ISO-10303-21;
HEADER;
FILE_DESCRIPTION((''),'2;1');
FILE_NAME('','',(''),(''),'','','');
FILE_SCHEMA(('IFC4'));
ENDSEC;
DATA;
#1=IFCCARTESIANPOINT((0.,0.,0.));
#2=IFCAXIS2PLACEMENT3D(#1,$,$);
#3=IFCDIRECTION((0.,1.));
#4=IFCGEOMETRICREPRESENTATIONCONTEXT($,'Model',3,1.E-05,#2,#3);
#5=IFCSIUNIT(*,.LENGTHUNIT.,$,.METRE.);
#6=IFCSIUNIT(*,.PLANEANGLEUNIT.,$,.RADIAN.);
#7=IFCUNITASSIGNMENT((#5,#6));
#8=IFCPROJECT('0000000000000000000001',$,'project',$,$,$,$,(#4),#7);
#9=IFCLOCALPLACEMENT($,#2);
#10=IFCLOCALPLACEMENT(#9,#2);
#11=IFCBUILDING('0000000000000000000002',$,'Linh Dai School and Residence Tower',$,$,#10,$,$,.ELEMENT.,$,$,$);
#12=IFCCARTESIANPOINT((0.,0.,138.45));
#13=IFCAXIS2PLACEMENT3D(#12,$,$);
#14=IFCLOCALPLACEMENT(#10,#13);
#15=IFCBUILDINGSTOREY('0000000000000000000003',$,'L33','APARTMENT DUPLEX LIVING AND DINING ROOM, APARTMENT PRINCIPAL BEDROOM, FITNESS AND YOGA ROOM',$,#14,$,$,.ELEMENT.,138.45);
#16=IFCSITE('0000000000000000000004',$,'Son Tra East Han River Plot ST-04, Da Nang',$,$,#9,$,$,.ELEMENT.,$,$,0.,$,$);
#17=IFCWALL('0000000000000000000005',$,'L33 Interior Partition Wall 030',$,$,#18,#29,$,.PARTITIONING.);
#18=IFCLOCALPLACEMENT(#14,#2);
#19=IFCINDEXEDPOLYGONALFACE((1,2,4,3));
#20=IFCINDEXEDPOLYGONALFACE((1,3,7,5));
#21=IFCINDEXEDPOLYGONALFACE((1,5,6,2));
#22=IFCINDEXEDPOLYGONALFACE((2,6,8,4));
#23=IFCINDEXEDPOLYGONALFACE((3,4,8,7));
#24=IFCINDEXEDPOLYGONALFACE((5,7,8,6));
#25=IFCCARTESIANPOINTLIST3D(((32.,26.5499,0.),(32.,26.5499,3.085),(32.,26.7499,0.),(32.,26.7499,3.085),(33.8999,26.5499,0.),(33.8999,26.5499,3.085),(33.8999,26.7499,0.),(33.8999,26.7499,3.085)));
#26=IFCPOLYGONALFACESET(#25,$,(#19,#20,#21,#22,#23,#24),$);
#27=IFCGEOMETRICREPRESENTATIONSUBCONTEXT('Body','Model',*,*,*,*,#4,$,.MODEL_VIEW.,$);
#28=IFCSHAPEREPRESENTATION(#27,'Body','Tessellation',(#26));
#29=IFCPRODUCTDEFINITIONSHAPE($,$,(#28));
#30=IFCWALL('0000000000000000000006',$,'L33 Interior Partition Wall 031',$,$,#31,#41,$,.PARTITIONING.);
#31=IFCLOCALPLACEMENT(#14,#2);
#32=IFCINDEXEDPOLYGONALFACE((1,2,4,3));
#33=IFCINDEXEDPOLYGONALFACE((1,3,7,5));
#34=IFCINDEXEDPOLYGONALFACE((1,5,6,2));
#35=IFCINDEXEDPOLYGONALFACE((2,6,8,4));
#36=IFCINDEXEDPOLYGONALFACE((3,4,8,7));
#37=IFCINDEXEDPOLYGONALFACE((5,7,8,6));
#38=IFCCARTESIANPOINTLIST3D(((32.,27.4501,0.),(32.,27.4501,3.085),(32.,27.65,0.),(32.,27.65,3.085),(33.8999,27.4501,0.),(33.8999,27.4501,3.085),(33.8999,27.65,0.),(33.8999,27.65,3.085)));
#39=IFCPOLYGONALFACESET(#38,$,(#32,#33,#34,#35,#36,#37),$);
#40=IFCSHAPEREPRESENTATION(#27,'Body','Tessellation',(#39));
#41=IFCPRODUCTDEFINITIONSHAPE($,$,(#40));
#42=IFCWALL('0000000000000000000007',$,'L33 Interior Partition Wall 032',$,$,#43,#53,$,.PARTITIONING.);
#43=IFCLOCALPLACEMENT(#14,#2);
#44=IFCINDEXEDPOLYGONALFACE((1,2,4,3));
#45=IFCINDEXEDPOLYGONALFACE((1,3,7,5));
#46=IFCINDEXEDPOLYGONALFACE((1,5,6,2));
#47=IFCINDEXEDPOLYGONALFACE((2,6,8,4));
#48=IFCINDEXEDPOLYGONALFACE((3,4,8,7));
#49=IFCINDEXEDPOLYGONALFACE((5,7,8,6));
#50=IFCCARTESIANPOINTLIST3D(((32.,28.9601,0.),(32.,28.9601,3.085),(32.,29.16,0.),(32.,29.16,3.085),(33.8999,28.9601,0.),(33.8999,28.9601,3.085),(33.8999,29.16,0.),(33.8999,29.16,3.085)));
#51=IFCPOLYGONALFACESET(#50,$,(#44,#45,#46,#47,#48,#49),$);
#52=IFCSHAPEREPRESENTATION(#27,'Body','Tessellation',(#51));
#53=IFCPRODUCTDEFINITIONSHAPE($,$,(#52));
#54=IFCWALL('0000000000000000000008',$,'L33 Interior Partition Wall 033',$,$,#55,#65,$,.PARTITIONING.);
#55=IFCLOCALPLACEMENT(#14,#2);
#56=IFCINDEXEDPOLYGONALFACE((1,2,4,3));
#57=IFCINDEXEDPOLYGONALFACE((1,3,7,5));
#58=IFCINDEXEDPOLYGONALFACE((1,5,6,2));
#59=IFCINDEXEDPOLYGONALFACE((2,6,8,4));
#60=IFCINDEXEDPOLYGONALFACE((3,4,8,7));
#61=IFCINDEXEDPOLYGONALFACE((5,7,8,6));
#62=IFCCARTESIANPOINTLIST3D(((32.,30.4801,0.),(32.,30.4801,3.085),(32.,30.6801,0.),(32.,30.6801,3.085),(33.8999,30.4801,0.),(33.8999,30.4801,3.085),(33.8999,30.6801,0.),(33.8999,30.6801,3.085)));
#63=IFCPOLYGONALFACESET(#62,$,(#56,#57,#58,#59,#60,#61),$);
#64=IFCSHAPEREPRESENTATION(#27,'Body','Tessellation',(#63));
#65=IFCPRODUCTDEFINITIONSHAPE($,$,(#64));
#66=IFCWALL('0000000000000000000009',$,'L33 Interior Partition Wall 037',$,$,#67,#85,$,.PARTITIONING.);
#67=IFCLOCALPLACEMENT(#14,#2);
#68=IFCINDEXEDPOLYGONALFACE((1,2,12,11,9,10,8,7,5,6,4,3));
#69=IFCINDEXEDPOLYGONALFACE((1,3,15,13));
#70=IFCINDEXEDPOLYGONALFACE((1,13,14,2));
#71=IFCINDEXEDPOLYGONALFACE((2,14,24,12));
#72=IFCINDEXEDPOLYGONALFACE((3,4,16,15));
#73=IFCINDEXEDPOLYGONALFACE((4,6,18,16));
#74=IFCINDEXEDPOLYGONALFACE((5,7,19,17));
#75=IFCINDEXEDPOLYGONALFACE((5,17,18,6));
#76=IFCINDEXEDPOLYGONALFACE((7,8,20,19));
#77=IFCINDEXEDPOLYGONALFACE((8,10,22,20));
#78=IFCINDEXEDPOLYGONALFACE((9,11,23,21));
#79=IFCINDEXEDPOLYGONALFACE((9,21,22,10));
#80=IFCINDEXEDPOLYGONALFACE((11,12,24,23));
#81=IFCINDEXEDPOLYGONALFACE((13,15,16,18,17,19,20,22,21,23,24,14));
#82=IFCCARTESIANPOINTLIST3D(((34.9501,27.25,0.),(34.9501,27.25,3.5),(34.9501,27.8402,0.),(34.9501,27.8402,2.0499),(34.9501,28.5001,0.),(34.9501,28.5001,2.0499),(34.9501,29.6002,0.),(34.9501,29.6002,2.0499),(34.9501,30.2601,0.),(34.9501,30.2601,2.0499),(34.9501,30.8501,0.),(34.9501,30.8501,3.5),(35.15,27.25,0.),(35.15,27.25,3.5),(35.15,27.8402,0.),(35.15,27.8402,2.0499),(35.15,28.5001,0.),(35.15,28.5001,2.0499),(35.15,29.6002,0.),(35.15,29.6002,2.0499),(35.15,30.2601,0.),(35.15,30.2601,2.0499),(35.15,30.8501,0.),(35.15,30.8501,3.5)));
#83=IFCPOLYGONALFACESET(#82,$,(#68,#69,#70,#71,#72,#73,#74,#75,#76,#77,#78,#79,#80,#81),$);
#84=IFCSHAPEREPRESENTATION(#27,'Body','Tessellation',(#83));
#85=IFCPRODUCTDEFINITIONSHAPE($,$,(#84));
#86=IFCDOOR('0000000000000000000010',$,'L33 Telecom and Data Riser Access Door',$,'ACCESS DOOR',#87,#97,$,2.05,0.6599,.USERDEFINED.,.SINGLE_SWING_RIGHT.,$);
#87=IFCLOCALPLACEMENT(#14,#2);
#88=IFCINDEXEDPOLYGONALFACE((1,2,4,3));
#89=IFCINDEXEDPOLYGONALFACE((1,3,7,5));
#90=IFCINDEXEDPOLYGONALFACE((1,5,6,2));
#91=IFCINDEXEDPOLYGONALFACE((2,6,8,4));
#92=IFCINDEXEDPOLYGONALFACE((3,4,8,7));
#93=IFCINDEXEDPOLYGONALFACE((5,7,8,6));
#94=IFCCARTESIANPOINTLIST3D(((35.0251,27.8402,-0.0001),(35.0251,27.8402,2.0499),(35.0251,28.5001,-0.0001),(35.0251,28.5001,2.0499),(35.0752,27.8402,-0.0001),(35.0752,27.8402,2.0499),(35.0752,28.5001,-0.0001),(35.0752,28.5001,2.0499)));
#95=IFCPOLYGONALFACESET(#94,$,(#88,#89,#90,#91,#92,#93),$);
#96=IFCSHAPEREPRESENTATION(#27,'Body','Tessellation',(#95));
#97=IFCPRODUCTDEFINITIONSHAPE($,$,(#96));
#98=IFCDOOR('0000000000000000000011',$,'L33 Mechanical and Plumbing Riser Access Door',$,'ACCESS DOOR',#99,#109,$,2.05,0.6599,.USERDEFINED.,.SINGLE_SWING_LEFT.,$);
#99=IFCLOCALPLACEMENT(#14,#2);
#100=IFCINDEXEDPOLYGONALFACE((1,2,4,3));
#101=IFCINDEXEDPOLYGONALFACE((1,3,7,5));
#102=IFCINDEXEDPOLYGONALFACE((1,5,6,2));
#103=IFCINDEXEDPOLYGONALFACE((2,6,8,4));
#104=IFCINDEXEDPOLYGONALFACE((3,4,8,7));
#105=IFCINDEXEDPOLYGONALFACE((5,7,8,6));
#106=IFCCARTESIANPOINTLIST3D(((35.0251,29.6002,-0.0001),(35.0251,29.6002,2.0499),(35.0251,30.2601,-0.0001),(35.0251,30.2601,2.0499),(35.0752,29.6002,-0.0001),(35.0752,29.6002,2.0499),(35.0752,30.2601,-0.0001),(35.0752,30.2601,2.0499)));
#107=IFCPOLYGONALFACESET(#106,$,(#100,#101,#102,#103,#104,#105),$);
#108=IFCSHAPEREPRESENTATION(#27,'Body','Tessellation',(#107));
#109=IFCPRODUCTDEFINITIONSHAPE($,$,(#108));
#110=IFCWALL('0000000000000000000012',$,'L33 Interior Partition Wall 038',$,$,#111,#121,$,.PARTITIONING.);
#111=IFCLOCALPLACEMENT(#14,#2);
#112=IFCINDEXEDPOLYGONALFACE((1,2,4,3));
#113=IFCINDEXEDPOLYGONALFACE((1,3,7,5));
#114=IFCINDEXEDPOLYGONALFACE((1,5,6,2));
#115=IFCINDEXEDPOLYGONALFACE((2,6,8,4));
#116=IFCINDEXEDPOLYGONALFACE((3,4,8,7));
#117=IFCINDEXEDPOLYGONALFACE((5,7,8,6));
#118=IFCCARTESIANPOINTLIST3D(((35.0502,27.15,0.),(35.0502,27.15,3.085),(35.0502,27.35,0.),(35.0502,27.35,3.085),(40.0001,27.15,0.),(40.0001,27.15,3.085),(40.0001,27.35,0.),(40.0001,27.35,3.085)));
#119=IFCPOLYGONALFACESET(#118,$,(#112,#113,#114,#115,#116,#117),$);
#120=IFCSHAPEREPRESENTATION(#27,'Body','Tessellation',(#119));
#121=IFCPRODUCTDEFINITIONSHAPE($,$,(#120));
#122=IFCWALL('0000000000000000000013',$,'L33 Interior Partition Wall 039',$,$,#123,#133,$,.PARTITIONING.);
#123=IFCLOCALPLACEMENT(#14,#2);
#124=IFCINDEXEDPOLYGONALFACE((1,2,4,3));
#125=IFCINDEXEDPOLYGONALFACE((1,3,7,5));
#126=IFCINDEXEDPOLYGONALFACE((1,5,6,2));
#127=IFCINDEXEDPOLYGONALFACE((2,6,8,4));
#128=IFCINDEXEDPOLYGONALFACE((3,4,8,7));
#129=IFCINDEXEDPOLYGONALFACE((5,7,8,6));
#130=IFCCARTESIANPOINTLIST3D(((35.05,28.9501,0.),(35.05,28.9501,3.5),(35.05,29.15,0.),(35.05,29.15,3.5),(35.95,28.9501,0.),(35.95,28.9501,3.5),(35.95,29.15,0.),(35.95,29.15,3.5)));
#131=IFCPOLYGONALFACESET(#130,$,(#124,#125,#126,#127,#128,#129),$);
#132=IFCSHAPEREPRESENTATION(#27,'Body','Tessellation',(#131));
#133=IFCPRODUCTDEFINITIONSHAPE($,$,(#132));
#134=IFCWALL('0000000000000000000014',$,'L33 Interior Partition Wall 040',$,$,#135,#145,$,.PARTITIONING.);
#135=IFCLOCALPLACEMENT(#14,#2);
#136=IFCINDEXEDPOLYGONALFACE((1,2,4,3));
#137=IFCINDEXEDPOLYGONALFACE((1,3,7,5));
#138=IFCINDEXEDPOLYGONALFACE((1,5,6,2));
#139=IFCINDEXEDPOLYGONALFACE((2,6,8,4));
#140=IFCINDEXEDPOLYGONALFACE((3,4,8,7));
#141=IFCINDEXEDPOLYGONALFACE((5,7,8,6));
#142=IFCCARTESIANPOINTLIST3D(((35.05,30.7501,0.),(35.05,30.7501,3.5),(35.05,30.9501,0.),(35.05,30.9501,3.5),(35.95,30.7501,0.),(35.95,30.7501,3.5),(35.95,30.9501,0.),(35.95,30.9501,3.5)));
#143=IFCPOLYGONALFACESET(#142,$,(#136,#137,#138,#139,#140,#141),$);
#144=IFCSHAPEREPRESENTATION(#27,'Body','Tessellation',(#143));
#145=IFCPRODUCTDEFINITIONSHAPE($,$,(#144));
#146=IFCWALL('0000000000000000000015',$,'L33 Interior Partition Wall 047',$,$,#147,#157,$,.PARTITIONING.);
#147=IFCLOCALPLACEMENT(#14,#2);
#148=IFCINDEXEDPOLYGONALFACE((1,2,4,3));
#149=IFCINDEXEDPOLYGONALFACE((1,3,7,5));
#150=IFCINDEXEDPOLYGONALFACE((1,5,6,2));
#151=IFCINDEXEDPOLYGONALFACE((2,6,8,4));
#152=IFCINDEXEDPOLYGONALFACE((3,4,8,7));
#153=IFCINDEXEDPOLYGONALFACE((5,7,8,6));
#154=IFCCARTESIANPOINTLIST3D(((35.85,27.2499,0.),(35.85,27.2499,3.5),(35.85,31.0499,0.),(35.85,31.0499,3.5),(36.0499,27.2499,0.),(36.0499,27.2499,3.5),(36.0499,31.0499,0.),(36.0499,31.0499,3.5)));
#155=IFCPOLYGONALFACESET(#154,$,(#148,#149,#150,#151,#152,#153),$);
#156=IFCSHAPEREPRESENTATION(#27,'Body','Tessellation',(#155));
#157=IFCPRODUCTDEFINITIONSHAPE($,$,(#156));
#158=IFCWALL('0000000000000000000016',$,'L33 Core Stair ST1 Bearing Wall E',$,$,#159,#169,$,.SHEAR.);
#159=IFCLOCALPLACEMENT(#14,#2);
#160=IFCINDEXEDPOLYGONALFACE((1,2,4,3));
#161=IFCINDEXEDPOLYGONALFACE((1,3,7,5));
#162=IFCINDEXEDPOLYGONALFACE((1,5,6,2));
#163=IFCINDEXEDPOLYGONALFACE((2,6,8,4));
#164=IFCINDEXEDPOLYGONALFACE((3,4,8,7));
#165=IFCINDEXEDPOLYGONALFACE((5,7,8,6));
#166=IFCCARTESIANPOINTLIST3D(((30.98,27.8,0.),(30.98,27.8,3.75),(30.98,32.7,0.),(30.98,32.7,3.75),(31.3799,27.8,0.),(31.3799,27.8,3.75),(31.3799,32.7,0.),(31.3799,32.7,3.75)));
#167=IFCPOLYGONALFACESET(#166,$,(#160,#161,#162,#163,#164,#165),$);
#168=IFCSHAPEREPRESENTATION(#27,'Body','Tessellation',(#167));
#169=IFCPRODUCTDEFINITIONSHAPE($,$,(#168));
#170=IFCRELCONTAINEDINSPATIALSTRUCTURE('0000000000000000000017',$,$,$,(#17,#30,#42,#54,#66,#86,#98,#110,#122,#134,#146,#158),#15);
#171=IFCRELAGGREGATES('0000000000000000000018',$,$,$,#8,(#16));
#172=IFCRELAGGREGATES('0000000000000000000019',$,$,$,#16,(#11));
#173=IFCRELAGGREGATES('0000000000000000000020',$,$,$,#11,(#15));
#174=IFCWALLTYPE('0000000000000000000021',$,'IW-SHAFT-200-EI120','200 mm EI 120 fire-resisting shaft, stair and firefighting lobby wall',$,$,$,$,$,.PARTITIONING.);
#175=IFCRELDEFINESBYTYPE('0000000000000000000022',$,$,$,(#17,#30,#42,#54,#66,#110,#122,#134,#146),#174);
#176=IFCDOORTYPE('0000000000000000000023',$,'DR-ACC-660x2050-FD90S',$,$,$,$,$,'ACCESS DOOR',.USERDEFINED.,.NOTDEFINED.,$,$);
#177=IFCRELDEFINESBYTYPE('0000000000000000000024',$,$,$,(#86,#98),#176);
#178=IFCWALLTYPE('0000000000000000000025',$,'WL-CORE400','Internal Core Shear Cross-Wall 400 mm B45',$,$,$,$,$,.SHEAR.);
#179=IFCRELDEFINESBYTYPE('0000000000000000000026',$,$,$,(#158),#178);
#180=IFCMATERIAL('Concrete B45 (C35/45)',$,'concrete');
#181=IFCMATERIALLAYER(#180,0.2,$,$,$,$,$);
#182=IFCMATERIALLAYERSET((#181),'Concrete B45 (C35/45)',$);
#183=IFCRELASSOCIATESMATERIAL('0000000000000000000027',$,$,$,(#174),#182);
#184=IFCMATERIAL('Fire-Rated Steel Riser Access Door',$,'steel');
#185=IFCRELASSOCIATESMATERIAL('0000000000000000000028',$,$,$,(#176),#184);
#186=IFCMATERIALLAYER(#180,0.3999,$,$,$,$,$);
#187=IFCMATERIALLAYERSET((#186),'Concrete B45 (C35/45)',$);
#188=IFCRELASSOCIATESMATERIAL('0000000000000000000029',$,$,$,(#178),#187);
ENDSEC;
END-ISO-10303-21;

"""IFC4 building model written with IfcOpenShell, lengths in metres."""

from ifc_helpers import new_model, si_unit, direction, frame, frame_2d, origin, origin_2d, place, context, subcontext, project, spatial, rectangle, extrude, source, transform, mapped, material, layer, layer_set, type_object, element, fill, save


model = new_model("IFC4")

# Units and contexts
model_context = context("Model", 3, precision=1e-05, world=origin(), true_north=direction((0.0, 1.0)))
body_context = subcontext(model_context, "Body", "Model", "MODEL_VIEW")
ifc_project = project(units=[si_unit("LENGTHUNIT", "METRE"), si_unit("PLANEANGLEUNIT", "RADIAN")], contexts=[model_context])

# Site, building, storey
site_placement = place(None, origin())
site = spatial("IfcSite", under=ifc_project, at=site_placement, Name="Son Tra East Han River Plot ST-04, Da Nang", CompositionType="ELEMENT", RefElevation=0.0)
building_placement = place(site_placement, origin())
building = spatial("IfcBuilding", under=site, at=building_placement, Name="Linh Dai School and Residence Tower", CompositionType="ELEMENT")
storey_placement = place(building_placement, frame((0.0, 0.0, 138.45)))
storey = spatial("IfcBuildingStorey", under=building, at=storey_placement, Name="L33", Description="APARTMENT DUPLEX LIVING AND DINING ROOM, APARTMENT PRINCIPAL BEDROOM, FITNESS AND YOGA ROOM", CompositionType="ELEMENT", Elevation=138.45)

# Walls
ifc_material_1 = material(Name="Concrete B45 (C35/45)", Category="concrete")
ifc_layer_1 = layer(ifc_material_1, 0.2)
ifc_layer_set_1 = layer_set([ifc_layer_1], Name="Concrete B45 (C35/45)")
wall_type_1 = type_object("IfcWallType", Name="IW-SHAFT-200-EI120", Description="200 mm EI 120 fire-resisting shaft, stair and firefighting lobby wall", PredefinedType="PARTITIONING", material=ifc_layer_set_1)
for number, where, z_axis, x_axis, name in (
    (1, (32.0, 26.6499, 0.0), (0.0, 0.0, 1.0), (1.0, 0.0, 0.0), "L33 Interior Partition Wall 030"),
    (2, (32.0, 27.55, 0.0), (0.0, 0.0, 1.0), (1.0, 0.0, 0.0), "L33 Interior Partition Wall 031"),
    (3, (32.0, 29.0601, 0.0), (0.0, 0.0, 1.0), (1.0, 0.0, 0.0), "L33 Interior Partition Wall 032"),
    (4, (32.0, 30.5801, 0.0), (0.0, 0.0, 1.0), (1.0, 0.0, 0.0), "L33 Interior Partition Wall 033"),
):
    element("IfcWall", number, at=place(storey_placement, frame(where, z_axis=z_axis, x_axis=x_axis)), inside=storey, type_object=wall_type_1, Name=name, PredefinedType="PARTITIONING", context=body_context, shape_type="SweptSolid", body=[
        extrude(rectangle(XDim=1.8999, YDim=0.2, at=frame_2d((0.95, 0.0))), origin(), (0.0, 0.0, 1.0), 3.085),
    ])

# Wall, openings, doors
wall_1_placement = place(storey_placement, frame((35.05, 27.25, 0.0), z_axis=(0.0, 0.0, 1.0), x_axis=(0.0, 1.0, 0.0)))
wall_1 = element("IfcWall", 5, at=wall_1_placement, inside=storey, type_object=wall_type_1, Name="L33 Interior Partition Wall 037", PredefinedType="PARTITIONING", context=body_context, shape_type="SweptSolid", body=[
    extrude(rectangle(XDim=3.6001, YDim=0.2, at=frame_2d((1.8, 0.0))), origin(), (0.0, 0.0, 1.0), 3.5),
])
opening_1_placement = place(wall_1_placement, frame((0.5901, 0.0, 0.0)))
opening_1 = element("IfcOpeningElement", 6, at=opening_1_placement, cuts=wall_1, PredefinedType="OPENING", context=body_context, shape_type="SweptSolid", body=[
    extrude(rectangle(XDim=0.6599, YDim=2.05, at=origin_2d()), frame((0.3301, 0.1099, 1.0249), z_axis=(0.0, -1.0, 0.0), x_axis=(1.0, 0.0, 0.0)), (0.0, 0.0, 1.0), 0.22),
])
opening_2_placement = place(wall_1_placement, frame((2.3501, 0.0, 0.0)))
opening_2 = element("IfcOpeningElement", 7, at=opening_2_placement, cuts=wall_1, PredefinedType="OPENING", context=body_context, shape_type="SweptSolid", body=[
    extrude(rectangle(XDim=0.6599, YDim=2.05, at=origin_2d()), frame((0.3301, 0.1099, 1.0249), z_axis=(0.0, -1.0, 0.0), x_axis=(1.0, 0.0, 0.0)), (0.0, 0.0, 1.0), 0.22),
])
ifc_material_2 = material(Name="Fire-Rated Steel Riser Access Door", Category="steel")
door_type_1 = type_object("IfcDoorType", Name="DR-ACC-660x2050-FD90S", ElementType="ACCESS DOOR", OperationType="NOTDEFINED", PredefinedType="USERDEFINED", material=ifc_material_2)
shared_shape_1 = source(origin(), body_context, "Body", "SweptSolid", [
    extrude(rectangle(XDim=0.6599, YDim=2.05, at=origin_2d()), frame((0.3301, 0.0249, 1.0249), z_axis=(0.0, -1.0, 0.0), x_axis=(1.0, 0.0, 0.0)), (0.0, 0.0, 1.0), 0.05),
])
door_1_placement = place(opening_1_placement, origin())
door_1 = element("IfcDoor", 8, at=door_1_placement, inside=storey, type_object=door_type_1, Name="L33 Telecom and Data Riser Access Door", ObjectType="ACCESS DOOR", OperationType="SINGLE_SWING_RIGHT", OverallHeight=2.05, OverallWidth=0.6599, PredefinedType="USERDEFINED", context=body_context, shape_type="MappedRepresentation", body=[
    mapped(shared_shape_1, transform((0.0, 0.0, 0.0), x_axis=(1.0, 0.0, 0.0), y_axis=(0.0, 1.0, 0.0), z_axis=(0.0, 0.0, 1.0), scale=1.0)),
])
fill(opening_1, door_1)
door_2_placement = place(opening_2_placement, origin())
door_2 = element("IfcDoor", 9, at=door_2_placement, inside=storey, type_object=door_type_1, Name="L33 Mechanical and Plumbing Riser Access Door", ObjectType="ACCESS DOOR", OperationType="SINGLE_SWING_LEFT", OverallHeight=2.05, OverallWidth=0.6599, PredefinedType="USERDEFINED", context=body_context, shape_type="MappedRepresentation", body=[
    mapped(shared_shape_1, transform((0.0, 0.0, 0.0), x_axis=(1.0, 0.0, 0.0), y_axis=(0.0, 1.0, 0.0), z_axis=(0.0, 0.0, 1.0), scale=1.0)),
])
fill(opening_2, door_2)

# Walls
wall_2_placement = place(storey_placement, frame((35.05, 27.25, 0.0), z_axis=(0.0, 0.0, 1.0), x_axis=(1.0, 0.0, 0.0)))
element("IfcWall", 10, at=wall_2_placement, inside=storey, type_object=wall_type_1, Name="L33 Interior Partition Wall 038", PredefinedType="PARTITIONING", context=body_context, shape_type="SweptSolid", body=[
    extrude(rectangle(XDim=4.95, YDim=0.2, at=frame_2d((2.4751, 0.0))), origin(), (0.0, 0.0, 1.0), 3.085),
])
for number, where, z_axis, x_axis, name in (
    (11, (35.05, 29.05, 0.0), (0.0, 0.0, 1.0), (1.0, 0.0, 0.0), "L33 Interior Partition Wall 039"),
    (12, (35.05, 30.8501, 0.0), (0.0, 0.0, 1.0), (1.0, 0.0, 0.0), "L33 Interior Partition Wall 040"),
):
    element("IfcWall", number, at=place(storey_placement, frame(where, z_axis=z_axis, x_axis=x_axis)), inside=storey, type_object=wall_type_1, Name=name, PredefinedType="PARTITIONING", context=body_context, shape_type="SweptSolid", body=[
        extrude(rectangle(XDim=0.8999, YDim=0.2, at=frame_2d((0.45, 0.0))), origin(), (0.0, 0.0, 1.0), 3.5),
    ])
wall_3_placement = place(storey_placement, frame((35.95, 27.25, 0.0), z_axis=(0.0, 0.0, 1.0), x_axis=(0.0, 1.0, 0.0)))
element("IfcWall", 13, at=wall_3_placement, inside=storey, type_object=wall_type_1, Name="L33 Interior Partition Wall 047", PredefinedType="PARTITIONING", context=body_context, shape_type="SweptSolid", body=[
    extrude(rectangle(XDim=3.8, YDim=0.2, at=frame_2d((1.8999, 0.0))), origin(), (0.0, 0.0, 1.0), 3.5),
])

# Wall
ifc_layer_2 = layer(ifc_material_1, 0.3999)
ifc_layer_set_2 = layer_set([ifc_layer_2], Name="Concrete B45 (C35/45)")
wall_type_2 = type_object("IfcWallType", Name="WL-CORE400", Description="Internal Core Shear Cross-Wall 400 mm B45", PredefinedType="SHEAR", material=ifc_layer_set_2)
wall_4_placement = place(storey_placement, frame((31.1799, 27.8, 0.0), z_axis=(0.0, 0.0, 1.0), x_axis=(0.0, 1.0, 0.0)))
element("IfcWall", 14, at=wall_4_placement, inside=storey, type_object=wall_type_2, Name="L33 Core Stair ST1 Bearing Wall E", PredefinedType="SHEAR", context=body_context, shape_type="SweptSolid", body=[
    extrude(rectangle(XDim=4.8999, YDim=0.3999, at=frame_2d((2.45, 0.0))), origin(), (0.0, 0.0, 1.0), 3.75),
])

save(model, "model.ifc")
